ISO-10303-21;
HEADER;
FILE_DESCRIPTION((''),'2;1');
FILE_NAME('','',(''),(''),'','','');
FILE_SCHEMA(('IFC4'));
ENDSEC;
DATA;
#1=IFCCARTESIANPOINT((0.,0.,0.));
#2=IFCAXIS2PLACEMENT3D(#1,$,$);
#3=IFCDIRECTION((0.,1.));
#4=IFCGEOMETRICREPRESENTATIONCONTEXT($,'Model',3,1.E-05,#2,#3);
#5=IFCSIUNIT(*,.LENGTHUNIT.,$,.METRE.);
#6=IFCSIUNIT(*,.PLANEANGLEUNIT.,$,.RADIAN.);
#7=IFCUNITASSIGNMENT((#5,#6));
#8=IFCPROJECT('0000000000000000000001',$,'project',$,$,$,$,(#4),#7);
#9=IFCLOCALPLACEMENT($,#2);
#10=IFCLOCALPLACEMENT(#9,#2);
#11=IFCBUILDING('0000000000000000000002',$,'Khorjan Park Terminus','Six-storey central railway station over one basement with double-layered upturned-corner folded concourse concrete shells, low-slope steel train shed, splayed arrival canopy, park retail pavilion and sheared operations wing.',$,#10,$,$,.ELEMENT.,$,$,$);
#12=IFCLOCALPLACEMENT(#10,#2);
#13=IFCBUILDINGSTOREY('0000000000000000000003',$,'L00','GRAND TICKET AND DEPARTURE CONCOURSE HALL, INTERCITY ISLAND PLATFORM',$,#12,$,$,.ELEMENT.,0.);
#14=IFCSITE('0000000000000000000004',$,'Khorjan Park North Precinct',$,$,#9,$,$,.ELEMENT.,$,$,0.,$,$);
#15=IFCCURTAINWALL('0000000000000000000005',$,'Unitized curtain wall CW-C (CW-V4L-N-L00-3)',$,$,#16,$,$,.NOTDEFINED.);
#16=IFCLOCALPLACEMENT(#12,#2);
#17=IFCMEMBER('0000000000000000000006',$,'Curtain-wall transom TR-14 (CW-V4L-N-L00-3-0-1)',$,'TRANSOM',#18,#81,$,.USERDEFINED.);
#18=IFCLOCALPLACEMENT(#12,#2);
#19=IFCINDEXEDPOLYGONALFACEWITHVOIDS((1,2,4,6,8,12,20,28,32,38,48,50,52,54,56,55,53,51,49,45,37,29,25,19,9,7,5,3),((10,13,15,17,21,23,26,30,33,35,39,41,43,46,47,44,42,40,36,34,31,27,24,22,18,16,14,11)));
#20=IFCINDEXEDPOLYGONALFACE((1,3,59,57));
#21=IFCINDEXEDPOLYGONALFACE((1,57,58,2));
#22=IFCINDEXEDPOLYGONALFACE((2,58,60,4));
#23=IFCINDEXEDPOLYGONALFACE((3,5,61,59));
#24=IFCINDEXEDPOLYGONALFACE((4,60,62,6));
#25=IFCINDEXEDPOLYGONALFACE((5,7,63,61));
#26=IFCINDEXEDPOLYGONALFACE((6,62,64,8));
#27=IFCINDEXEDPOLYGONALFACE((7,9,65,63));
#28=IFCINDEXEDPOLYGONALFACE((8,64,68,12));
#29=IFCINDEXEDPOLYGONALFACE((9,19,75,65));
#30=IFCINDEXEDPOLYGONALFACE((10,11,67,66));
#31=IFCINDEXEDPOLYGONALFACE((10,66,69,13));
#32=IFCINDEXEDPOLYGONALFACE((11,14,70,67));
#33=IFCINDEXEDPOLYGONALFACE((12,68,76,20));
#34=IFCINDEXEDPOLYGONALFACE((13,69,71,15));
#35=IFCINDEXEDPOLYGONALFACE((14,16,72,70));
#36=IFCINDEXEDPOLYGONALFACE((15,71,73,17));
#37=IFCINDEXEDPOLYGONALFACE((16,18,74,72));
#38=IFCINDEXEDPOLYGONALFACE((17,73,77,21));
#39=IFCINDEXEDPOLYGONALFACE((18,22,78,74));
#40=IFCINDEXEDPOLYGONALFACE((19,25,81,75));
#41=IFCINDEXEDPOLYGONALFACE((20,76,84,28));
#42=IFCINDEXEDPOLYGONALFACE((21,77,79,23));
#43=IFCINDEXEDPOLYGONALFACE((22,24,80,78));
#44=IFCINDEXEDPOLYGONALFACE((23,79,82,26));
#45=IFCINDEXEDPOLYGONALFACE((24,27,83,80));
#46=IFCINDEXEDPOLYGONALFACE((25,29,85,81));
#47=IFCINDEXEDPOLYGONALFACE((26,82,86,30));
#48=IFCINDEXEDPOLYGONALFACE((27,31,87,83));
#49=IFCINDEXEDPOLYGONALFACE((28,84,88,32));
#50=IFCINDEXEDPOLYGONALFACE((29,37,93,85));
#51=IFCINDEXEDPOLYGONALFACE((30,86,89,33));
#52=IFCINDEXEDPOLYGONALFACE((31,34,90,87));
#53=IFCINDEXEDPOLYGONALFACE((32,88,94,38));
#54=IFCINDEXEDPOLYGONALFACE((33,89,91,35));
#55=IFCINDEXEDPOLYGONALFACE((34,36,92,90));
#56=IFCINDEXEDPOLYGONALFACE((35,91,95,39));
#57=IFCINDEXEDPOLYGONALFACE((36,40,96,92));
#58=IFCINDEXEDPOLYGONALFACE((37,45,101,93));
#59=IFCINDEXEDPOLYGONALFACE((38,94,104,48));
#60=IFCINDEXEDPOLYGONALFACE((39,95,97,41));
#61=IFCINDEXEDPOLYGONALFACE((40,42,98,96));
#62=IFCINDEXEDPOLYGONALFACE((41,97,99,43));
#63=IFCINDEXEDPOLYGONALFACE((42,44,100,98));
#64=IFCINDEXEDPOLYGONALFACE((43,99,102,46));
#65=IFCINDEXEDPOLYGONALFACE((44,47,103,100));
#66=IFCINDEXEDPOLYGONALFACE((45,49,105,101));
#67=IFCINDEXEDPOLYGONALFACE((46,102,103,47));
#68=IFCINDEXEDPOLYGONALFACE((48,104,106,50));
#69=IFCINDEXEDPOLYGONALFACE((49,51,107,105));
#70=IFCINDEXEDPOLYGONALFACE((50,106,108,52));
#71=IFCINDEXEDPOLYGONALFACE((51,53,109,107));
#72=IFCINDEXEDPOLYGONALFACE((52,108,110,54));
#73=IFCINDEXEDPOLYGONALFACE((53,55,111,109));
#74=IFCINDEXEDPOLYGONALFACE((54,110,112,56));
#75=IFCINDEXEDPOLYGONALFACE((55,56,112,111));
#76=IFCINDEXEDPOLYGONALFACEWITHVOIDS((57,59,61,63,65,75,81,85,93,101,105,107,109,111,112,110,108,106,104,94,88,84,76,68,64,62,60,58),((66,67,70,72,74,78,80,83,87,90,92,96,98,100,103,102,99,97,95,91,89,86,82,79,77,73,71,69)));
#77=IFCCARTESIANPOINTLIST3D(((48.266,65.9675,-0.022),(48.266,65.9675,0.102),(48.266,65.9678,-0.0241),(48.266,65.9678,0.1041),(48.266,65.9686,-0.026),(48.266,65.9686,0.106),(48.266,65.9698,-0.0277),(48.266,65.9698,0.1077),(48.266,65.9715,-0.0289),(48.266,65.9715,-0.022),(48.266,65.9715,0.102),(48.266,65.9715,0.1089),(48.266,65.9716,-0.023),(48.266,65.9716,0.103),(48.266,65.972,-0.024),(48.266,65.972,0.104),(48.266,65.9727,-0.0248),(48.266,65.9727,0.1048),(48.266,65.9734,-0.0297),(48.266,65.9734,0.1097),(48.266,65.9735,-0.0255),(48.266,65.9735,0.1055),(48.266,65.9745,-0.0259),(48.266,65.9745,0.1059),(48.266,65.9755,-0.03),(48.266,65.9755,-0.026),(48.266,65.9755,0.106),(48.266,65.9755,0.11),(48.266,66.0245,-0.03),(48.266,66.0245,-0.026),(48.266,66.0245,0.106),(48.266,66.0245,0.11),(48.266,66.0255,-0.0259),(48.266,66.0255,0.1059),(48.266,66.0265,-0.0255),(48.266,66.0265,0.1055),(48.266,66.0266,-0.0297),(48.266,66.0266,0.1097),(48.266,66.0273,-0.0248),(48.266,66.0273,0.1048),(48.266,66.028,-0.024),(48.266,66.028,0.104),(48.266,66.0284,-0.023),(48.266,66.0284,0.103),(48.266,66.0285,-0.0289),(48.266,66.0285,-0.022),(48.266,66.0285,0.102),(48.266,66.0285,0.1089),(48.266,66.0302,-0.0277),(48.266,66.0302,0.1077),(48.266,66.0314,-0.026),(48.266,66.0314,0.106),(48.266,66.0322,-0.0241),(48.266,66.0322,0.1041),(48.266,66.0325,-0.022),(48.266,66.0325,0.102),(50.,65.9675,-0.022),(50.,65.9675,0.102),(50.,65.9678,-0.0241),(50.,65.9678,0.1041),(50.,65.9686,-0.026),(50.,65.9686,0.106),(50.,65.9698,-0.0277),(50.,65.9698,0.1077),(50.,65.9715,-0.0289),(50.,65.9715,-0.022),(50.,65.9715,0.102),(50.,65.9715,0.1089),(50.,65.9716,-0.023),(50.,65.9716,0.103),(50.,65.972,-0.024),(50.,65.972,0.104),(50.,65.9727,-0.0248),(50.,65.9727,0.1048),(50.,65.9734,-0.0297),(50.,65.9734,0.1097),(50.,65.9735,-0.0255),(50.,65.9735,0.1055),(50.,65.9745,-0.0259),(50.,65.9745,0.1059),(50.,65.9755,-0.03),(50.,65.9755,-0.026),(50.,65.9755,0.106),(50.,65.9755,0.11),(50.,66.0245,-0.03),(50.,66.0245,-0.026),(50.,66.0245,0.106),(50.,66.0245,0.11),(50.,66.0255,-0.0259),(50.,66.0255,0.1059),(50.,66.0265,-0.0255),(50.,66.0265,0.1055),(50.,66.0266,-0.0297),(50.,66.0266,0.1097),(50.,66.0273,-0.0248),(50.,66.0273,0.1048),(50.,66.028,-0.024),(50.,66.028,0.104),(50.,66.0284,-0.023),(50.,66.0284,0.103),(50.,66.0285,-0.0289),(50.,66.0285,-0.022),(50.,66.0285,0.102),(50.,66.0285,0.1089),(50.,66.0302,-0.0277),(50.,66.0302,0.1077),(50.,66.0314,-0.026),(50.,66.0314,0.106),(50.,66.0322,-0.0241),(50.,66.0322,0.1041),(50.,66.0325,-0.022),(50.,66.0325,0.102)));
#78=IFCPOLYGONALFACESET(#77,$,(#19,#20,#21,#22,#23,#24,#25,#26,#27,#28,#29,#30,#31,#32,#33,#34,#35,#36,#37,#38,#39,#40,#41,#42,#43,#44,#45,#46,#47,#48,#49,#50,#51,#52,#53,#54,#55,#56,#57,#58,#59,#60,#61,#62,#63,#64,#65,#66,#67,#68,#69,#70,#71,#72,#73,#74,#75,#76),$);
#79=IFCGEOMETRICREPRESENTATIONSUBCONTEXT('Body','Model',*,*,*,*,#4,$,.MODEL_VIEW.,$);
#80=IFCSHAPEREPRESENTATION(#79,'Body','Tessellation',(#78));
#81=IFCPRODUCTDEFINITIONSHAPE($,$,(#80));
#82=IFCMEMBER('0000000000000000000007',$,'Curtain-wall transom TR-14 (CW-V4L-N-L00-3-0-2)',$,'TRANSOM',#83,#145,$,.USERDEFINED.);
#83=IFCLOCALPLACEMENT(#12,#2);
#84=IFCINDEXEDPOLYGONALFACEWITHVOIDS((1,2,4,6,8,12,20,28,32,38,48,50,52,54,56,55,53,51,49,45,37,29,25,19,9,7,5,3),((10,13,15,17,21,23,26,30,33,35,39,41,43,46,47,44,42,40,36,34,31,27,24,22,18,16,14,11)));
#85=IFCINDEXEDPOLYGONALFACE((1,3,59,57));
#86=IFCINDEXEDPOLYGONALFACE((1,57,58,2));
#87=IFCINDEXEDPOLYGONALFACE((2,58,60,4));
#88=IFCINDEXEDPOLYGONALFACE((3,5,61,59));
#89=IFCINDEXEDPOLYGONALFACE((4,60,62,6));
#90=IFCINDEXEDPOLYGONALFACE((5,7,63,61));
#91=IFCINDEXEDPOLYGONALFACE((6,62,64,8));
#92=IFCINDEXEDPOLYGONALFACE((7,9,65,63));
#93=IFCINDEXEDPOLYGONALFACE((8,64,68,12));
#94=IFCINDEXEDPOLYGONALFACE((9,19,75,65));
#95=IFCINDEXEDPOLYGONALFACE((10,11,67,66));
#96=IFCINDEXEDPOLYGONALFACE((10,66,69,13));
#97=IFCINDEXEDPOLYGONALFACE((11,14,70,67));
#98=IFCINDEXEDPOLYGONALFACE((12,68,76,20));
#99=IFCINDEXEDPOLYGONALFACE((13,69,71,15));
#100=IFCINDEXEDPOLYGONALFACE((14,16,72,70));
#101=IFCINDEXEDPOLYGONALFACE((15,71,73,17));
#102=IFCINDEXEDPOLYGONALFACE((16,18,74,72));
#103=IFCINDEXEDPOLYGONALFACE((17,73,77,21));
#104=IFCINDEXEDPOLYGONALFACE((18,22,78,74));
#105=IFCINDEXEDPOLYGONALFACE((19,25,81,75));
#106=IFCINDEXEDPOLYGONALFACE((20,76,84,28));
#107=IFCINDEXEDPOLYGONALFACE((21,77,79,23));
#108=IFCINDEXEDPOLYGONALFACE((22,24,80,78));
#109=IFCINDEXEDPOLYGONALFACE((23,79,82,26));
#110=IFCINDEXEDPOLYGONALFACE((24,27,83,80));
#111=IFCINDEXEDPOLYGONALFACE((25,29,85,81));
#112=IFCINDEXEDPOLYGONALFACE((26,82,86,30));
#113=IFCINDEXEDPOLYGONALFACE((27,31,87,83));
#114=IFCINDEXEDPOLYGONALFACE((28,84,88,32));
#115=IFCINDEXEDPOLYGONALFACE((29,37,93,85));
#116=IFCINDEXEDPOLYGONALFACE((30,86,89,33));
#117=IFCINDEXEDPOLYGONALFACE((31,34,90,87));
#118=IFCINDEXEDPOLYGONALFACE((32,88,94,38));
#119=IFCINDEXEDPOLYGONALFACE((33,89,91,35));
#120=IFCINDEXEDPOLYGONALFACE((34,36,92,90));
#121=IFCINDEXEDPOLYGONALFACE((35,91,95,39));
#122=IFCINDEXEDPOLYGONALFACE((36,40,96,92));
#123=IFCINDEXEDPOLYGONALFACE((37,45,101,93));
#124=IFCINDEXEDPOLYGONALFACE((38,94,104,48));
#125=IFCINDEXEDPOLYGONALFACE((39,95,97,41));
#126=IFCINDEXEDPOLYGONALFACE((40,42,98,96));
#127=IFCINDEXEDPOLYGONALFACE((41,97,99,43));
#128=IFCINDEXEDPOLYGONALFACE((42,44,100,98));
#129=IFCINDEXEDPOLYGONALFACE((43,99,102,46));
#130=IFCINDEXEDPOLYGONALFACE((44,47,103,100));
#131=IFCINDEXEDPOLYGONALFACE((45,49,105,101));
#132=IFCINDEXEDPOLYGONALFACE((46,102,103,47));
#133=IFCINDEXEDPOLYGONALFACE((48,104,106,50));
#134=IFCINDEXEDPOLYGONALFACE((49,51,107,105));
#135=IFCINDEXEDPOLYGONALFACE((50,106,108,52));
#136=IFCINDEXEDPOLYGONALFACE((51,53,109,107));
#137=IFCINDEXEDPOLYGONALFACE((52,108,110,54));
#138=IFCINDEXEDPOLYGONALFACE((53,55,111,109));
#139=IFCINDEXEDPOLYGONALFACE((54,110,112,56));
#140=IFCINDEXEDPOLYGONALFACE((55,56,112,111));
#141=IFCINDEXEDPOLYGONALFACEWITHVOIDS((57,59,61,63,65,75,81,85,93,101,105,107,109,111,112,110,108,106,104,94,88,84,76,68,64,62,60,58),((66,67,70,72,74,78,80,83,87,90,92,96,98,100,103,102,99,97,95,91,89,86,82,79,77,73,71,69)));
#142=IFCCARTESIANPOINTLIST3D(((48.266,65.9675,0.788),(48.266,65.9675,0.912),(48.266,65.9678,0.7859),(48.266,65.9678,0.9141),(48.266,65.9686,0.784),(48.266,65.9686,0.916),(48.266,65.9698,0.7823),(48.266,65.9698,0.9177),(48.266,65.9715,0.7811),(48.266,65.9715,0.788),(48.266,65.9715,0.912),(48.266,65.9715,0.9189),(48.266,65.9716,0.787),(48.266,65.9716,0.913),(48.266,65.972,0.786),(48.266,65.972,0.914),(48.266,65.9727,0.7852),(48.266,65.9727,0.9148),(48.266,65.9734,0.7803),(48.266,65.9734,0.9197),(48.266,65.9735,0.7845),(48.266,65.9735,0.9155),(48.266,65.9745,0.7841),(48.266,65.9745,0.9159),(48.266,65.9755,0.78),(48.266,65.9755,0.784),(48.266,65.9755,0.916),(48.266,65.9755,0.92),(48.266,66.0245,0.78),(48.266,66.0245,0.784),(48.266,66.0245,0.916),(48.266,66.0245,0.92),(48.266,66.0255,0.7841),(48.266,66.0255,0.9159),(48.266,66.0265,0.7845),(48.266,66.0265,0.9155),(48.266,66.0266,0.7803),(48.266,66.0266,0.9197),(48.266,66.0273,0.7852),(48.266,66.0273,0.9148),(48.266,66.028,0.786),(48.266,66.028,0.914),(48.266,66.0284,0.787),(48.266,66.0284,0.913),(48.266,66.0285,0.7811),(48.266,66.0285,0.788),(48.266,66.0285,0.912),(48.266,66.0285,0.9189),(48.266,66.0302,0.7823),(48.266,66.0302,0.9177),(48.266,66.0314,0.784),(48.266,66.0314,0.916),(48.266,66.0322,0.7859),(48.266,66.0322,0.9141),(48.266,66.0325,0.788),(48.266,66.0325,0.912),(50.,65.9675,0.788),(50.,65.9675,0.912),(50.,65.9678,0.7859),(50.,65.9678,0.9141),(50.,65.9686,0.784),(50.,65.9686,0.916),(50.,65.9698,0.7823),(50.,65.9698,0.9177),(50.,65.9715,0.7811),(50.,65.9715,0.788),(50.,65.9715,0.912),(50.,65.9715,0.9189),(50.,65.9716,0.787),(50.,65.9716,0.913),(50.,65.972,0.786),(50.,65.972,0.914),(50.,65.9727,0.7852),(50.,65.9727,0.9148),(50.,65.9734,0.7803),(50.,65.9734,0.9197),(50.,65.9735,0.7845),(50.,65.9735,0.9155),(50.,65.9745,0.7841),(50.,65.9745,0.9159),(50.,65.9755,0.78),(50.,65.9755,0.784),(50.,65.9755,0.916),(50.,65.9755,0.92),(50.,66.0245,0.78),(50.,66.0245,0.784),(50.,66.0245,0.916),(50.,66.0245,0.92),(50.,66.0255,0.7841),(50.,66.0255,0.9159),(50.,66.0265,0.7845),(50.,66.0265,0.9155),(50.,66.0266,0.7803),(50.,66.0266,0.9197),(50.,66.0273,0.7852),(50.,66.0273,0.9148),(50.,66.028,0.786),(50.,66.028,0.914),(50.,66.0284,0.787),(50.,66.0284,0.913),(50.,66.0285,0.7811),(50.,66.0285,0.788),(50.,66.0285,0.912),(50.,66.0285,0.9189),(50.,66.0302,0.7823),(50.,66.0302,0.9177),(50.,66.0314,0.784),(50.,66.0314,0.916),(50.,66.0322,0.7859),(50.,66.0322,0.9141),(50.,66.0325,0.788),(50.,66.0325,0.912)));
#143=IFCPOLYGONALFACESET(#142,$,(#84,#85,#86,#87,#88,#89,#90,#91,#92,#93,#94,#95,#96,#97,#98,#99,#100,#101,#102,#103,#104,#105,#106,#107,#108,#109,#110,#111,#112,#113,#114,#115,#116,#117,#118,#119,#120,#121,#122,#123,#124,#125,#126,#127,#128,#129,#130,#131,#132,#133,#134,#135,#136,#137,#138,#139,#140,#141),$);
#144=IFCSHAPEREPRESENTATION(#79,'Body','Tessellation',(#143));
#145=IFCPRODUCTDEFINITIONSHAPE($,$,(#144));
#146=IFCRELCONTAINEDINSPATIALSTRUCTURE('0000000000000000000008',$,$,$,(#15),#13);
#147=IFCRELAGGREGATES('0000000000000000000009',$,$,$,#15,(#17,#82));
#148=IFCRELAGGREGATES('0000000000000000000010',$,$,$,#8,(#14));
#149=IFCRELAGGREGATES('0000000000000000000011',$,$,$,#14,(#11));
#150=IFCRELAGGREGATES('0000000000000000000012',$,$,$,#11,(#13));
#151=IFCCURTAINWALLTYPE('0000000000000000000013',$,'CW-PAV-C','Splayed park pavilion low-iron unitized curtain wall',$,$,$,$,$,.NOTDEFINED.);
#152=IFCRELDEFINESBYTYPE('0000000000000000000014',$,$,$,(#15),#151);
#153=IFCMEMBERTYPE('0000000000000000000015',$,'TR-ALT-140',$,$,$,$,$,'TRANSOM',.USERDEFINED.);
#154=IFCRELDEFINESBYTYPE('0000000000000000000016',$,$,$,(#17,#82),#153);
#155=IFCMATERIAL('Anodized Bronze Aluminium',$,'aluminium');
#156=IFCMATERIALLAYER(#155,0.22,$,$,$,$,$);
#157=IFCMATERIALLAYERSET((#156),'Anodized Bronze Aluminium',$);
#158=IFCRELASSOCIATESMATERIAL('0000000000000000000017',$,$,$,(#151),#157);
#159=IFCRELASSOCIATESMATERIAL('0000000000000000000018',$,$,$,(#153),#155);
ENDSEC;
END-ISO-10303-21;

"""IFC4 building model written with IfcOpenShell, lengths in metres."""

from ifc_helpers import new_model, si_unit, direction, frame, origin, origin_2d, place, context, subcontext, project, spatial, hollow_rectangle, extrude, material, layer, layer_set, material_profile, profile_set, type_object, element, aggregate, save


model = new_model("IFC4")

# Units and contexts
model_context = context("Model", 3, precision=1e-05, world=origin(), true_north=direction((0.0, 1.0)))
body_context = subcontext(model_context, "Body", "Model", "MODEL_VIEW")
ifc_project = project(units=[si_unit("LENGTHUNIT", "METRE"), si_unit("PLANEANGLEUNIT", "RADIAN")], contexts=[model_context])

# Site, building, storey
site_placement = place(None, origin())
site = spatial("IfcSite", under=ifc_project, at=site_placement, Name="Khorjan Park North Precinct", CompositionType="ELEMENT", RefElevation=0.0)
building_placement = place(site_placement, origin())
building = spatial("IfcBuilding", under=site, at=building_placement, Name="Khorjan Park Terminus", Description="Six-storey central railway station over one basement with double-layered upturned-corner folded concourse concrete shells, low-slope steel train shed, splayed arrival canopy, park retail pavilion and sheared operations wing.", CompositionType="ELEMENT")
storey_placement = place(building_placement, origin())
storey = spatial("IfcBuildingStorey", under=building, at=storey_placement, Name="L00", Description="GRAND TICKET AND DEPARTURE CONCOURSE HALL, INTERCITY ISLAND PLATFORM", CompositionType="ELEMENT", Elevation=0.0)

# Curtain wall
ifc_material_1 = material(Name="Anodized Bronze Aluminium", Category="aluminium")
ifc_layer_1 = layer(ifc_material_1, 0.22)
ifc_layer_set_1 = layer_set([ifc_layer_1], Name="Anodized Bronze Aluminium")
curtain_wall_type_1 = type_object("IfcCurtainWallType", Name="CW-PAV-C", Description="Splayed park pavilion low-iron unitized curtain wall", PredefinedType="NOTDEFINED", material=ifc_layer_set_1)
curtain_wall_1_placement = place(storey_placement, origin())
curtain_wall_1 = element("IfcCurtainWall", 1, at=curtain_wall_1_placement, inside=storey, type_object=curtain_wall_type_1, Name="Unitized curtain wall CW-C (CW-V4L-N-L00-3)", PredefinedType="NOTDEFINED")

# Members
ifc_material_profile_1 = material_profile(ifc_material_1, hollow_rectangle(XDim=0.065, YDim=0.14, WallThickness=0.004, InnerFilletRadius=0.004, OuterFilletRadius=0.008, at=origin_2d()), Name="ALT 65x140x4")
ifc_profile_set_1 = profile_set([ifc_material_profile_1], Name="Anodized Bronze Aluminium")
member_type_1 = type_object("IfcMemberType", Name="TR-ALT-140", ElementType="TRANSOM", PredefinedType="USERDEFINED", material=ifc_profile_set_1)
member_1_placement = place(storey_placement, frame((50.0, 66.0, 0.04), z_axis=(-1.0, 0.0, 0.0), x_axis=(0.0, -1.0, 0.0)))
member_1 = element("IfcMember", 2, at=member_1_placement, type_object=member_type_1, Name="Curtain-wall transom TR-14 (CW-V4L-N-L00-3-0-1)", ObjectType="TRANSOM", PredefinedType="USERDEFINED", context=body_context, shape_type="SweptSolid", body=[
    extrude(hollow_rectangle(XDim=0.065, YDim=0.14, WallThickness=0.004, InnerFilletRadius=0.004, OuterFilletRadius=0.008, at=origin_2d()), origin(), (0.0, 0.0, 1.0), 1.734),
])
member_2_placement = place(storey_placement, frame((50.0, 66.0, 0.85), z_axis=(-1.0, 0.0, 0.0), x_axis=(0.0, -1.0, 0.0)))
member_2 = element("IfcMember", 3, at=member_2_placement, type_object=member_type_1, Name="Curtain-wall transom TR-14 (CW-V4L-N-L00-3-0-2)", ObjectType="TRANSOM", PredefinedType="USERDEFINED", context=body_context, shape_type="SweptSolid", body=[
    extrude(hollow_rectangle(XDim=0.065, YDim=0.14, WallThickness=0.004, InnerFilletRadius=0.004, OuterFilletRadius=0.008, at=origin_2d()), origin(), (0.0, 0.0, 1.0), 1.734),
])

aggregate(curtain_wall_1, [member_1, member_2])

save(model, "model.ifc")
